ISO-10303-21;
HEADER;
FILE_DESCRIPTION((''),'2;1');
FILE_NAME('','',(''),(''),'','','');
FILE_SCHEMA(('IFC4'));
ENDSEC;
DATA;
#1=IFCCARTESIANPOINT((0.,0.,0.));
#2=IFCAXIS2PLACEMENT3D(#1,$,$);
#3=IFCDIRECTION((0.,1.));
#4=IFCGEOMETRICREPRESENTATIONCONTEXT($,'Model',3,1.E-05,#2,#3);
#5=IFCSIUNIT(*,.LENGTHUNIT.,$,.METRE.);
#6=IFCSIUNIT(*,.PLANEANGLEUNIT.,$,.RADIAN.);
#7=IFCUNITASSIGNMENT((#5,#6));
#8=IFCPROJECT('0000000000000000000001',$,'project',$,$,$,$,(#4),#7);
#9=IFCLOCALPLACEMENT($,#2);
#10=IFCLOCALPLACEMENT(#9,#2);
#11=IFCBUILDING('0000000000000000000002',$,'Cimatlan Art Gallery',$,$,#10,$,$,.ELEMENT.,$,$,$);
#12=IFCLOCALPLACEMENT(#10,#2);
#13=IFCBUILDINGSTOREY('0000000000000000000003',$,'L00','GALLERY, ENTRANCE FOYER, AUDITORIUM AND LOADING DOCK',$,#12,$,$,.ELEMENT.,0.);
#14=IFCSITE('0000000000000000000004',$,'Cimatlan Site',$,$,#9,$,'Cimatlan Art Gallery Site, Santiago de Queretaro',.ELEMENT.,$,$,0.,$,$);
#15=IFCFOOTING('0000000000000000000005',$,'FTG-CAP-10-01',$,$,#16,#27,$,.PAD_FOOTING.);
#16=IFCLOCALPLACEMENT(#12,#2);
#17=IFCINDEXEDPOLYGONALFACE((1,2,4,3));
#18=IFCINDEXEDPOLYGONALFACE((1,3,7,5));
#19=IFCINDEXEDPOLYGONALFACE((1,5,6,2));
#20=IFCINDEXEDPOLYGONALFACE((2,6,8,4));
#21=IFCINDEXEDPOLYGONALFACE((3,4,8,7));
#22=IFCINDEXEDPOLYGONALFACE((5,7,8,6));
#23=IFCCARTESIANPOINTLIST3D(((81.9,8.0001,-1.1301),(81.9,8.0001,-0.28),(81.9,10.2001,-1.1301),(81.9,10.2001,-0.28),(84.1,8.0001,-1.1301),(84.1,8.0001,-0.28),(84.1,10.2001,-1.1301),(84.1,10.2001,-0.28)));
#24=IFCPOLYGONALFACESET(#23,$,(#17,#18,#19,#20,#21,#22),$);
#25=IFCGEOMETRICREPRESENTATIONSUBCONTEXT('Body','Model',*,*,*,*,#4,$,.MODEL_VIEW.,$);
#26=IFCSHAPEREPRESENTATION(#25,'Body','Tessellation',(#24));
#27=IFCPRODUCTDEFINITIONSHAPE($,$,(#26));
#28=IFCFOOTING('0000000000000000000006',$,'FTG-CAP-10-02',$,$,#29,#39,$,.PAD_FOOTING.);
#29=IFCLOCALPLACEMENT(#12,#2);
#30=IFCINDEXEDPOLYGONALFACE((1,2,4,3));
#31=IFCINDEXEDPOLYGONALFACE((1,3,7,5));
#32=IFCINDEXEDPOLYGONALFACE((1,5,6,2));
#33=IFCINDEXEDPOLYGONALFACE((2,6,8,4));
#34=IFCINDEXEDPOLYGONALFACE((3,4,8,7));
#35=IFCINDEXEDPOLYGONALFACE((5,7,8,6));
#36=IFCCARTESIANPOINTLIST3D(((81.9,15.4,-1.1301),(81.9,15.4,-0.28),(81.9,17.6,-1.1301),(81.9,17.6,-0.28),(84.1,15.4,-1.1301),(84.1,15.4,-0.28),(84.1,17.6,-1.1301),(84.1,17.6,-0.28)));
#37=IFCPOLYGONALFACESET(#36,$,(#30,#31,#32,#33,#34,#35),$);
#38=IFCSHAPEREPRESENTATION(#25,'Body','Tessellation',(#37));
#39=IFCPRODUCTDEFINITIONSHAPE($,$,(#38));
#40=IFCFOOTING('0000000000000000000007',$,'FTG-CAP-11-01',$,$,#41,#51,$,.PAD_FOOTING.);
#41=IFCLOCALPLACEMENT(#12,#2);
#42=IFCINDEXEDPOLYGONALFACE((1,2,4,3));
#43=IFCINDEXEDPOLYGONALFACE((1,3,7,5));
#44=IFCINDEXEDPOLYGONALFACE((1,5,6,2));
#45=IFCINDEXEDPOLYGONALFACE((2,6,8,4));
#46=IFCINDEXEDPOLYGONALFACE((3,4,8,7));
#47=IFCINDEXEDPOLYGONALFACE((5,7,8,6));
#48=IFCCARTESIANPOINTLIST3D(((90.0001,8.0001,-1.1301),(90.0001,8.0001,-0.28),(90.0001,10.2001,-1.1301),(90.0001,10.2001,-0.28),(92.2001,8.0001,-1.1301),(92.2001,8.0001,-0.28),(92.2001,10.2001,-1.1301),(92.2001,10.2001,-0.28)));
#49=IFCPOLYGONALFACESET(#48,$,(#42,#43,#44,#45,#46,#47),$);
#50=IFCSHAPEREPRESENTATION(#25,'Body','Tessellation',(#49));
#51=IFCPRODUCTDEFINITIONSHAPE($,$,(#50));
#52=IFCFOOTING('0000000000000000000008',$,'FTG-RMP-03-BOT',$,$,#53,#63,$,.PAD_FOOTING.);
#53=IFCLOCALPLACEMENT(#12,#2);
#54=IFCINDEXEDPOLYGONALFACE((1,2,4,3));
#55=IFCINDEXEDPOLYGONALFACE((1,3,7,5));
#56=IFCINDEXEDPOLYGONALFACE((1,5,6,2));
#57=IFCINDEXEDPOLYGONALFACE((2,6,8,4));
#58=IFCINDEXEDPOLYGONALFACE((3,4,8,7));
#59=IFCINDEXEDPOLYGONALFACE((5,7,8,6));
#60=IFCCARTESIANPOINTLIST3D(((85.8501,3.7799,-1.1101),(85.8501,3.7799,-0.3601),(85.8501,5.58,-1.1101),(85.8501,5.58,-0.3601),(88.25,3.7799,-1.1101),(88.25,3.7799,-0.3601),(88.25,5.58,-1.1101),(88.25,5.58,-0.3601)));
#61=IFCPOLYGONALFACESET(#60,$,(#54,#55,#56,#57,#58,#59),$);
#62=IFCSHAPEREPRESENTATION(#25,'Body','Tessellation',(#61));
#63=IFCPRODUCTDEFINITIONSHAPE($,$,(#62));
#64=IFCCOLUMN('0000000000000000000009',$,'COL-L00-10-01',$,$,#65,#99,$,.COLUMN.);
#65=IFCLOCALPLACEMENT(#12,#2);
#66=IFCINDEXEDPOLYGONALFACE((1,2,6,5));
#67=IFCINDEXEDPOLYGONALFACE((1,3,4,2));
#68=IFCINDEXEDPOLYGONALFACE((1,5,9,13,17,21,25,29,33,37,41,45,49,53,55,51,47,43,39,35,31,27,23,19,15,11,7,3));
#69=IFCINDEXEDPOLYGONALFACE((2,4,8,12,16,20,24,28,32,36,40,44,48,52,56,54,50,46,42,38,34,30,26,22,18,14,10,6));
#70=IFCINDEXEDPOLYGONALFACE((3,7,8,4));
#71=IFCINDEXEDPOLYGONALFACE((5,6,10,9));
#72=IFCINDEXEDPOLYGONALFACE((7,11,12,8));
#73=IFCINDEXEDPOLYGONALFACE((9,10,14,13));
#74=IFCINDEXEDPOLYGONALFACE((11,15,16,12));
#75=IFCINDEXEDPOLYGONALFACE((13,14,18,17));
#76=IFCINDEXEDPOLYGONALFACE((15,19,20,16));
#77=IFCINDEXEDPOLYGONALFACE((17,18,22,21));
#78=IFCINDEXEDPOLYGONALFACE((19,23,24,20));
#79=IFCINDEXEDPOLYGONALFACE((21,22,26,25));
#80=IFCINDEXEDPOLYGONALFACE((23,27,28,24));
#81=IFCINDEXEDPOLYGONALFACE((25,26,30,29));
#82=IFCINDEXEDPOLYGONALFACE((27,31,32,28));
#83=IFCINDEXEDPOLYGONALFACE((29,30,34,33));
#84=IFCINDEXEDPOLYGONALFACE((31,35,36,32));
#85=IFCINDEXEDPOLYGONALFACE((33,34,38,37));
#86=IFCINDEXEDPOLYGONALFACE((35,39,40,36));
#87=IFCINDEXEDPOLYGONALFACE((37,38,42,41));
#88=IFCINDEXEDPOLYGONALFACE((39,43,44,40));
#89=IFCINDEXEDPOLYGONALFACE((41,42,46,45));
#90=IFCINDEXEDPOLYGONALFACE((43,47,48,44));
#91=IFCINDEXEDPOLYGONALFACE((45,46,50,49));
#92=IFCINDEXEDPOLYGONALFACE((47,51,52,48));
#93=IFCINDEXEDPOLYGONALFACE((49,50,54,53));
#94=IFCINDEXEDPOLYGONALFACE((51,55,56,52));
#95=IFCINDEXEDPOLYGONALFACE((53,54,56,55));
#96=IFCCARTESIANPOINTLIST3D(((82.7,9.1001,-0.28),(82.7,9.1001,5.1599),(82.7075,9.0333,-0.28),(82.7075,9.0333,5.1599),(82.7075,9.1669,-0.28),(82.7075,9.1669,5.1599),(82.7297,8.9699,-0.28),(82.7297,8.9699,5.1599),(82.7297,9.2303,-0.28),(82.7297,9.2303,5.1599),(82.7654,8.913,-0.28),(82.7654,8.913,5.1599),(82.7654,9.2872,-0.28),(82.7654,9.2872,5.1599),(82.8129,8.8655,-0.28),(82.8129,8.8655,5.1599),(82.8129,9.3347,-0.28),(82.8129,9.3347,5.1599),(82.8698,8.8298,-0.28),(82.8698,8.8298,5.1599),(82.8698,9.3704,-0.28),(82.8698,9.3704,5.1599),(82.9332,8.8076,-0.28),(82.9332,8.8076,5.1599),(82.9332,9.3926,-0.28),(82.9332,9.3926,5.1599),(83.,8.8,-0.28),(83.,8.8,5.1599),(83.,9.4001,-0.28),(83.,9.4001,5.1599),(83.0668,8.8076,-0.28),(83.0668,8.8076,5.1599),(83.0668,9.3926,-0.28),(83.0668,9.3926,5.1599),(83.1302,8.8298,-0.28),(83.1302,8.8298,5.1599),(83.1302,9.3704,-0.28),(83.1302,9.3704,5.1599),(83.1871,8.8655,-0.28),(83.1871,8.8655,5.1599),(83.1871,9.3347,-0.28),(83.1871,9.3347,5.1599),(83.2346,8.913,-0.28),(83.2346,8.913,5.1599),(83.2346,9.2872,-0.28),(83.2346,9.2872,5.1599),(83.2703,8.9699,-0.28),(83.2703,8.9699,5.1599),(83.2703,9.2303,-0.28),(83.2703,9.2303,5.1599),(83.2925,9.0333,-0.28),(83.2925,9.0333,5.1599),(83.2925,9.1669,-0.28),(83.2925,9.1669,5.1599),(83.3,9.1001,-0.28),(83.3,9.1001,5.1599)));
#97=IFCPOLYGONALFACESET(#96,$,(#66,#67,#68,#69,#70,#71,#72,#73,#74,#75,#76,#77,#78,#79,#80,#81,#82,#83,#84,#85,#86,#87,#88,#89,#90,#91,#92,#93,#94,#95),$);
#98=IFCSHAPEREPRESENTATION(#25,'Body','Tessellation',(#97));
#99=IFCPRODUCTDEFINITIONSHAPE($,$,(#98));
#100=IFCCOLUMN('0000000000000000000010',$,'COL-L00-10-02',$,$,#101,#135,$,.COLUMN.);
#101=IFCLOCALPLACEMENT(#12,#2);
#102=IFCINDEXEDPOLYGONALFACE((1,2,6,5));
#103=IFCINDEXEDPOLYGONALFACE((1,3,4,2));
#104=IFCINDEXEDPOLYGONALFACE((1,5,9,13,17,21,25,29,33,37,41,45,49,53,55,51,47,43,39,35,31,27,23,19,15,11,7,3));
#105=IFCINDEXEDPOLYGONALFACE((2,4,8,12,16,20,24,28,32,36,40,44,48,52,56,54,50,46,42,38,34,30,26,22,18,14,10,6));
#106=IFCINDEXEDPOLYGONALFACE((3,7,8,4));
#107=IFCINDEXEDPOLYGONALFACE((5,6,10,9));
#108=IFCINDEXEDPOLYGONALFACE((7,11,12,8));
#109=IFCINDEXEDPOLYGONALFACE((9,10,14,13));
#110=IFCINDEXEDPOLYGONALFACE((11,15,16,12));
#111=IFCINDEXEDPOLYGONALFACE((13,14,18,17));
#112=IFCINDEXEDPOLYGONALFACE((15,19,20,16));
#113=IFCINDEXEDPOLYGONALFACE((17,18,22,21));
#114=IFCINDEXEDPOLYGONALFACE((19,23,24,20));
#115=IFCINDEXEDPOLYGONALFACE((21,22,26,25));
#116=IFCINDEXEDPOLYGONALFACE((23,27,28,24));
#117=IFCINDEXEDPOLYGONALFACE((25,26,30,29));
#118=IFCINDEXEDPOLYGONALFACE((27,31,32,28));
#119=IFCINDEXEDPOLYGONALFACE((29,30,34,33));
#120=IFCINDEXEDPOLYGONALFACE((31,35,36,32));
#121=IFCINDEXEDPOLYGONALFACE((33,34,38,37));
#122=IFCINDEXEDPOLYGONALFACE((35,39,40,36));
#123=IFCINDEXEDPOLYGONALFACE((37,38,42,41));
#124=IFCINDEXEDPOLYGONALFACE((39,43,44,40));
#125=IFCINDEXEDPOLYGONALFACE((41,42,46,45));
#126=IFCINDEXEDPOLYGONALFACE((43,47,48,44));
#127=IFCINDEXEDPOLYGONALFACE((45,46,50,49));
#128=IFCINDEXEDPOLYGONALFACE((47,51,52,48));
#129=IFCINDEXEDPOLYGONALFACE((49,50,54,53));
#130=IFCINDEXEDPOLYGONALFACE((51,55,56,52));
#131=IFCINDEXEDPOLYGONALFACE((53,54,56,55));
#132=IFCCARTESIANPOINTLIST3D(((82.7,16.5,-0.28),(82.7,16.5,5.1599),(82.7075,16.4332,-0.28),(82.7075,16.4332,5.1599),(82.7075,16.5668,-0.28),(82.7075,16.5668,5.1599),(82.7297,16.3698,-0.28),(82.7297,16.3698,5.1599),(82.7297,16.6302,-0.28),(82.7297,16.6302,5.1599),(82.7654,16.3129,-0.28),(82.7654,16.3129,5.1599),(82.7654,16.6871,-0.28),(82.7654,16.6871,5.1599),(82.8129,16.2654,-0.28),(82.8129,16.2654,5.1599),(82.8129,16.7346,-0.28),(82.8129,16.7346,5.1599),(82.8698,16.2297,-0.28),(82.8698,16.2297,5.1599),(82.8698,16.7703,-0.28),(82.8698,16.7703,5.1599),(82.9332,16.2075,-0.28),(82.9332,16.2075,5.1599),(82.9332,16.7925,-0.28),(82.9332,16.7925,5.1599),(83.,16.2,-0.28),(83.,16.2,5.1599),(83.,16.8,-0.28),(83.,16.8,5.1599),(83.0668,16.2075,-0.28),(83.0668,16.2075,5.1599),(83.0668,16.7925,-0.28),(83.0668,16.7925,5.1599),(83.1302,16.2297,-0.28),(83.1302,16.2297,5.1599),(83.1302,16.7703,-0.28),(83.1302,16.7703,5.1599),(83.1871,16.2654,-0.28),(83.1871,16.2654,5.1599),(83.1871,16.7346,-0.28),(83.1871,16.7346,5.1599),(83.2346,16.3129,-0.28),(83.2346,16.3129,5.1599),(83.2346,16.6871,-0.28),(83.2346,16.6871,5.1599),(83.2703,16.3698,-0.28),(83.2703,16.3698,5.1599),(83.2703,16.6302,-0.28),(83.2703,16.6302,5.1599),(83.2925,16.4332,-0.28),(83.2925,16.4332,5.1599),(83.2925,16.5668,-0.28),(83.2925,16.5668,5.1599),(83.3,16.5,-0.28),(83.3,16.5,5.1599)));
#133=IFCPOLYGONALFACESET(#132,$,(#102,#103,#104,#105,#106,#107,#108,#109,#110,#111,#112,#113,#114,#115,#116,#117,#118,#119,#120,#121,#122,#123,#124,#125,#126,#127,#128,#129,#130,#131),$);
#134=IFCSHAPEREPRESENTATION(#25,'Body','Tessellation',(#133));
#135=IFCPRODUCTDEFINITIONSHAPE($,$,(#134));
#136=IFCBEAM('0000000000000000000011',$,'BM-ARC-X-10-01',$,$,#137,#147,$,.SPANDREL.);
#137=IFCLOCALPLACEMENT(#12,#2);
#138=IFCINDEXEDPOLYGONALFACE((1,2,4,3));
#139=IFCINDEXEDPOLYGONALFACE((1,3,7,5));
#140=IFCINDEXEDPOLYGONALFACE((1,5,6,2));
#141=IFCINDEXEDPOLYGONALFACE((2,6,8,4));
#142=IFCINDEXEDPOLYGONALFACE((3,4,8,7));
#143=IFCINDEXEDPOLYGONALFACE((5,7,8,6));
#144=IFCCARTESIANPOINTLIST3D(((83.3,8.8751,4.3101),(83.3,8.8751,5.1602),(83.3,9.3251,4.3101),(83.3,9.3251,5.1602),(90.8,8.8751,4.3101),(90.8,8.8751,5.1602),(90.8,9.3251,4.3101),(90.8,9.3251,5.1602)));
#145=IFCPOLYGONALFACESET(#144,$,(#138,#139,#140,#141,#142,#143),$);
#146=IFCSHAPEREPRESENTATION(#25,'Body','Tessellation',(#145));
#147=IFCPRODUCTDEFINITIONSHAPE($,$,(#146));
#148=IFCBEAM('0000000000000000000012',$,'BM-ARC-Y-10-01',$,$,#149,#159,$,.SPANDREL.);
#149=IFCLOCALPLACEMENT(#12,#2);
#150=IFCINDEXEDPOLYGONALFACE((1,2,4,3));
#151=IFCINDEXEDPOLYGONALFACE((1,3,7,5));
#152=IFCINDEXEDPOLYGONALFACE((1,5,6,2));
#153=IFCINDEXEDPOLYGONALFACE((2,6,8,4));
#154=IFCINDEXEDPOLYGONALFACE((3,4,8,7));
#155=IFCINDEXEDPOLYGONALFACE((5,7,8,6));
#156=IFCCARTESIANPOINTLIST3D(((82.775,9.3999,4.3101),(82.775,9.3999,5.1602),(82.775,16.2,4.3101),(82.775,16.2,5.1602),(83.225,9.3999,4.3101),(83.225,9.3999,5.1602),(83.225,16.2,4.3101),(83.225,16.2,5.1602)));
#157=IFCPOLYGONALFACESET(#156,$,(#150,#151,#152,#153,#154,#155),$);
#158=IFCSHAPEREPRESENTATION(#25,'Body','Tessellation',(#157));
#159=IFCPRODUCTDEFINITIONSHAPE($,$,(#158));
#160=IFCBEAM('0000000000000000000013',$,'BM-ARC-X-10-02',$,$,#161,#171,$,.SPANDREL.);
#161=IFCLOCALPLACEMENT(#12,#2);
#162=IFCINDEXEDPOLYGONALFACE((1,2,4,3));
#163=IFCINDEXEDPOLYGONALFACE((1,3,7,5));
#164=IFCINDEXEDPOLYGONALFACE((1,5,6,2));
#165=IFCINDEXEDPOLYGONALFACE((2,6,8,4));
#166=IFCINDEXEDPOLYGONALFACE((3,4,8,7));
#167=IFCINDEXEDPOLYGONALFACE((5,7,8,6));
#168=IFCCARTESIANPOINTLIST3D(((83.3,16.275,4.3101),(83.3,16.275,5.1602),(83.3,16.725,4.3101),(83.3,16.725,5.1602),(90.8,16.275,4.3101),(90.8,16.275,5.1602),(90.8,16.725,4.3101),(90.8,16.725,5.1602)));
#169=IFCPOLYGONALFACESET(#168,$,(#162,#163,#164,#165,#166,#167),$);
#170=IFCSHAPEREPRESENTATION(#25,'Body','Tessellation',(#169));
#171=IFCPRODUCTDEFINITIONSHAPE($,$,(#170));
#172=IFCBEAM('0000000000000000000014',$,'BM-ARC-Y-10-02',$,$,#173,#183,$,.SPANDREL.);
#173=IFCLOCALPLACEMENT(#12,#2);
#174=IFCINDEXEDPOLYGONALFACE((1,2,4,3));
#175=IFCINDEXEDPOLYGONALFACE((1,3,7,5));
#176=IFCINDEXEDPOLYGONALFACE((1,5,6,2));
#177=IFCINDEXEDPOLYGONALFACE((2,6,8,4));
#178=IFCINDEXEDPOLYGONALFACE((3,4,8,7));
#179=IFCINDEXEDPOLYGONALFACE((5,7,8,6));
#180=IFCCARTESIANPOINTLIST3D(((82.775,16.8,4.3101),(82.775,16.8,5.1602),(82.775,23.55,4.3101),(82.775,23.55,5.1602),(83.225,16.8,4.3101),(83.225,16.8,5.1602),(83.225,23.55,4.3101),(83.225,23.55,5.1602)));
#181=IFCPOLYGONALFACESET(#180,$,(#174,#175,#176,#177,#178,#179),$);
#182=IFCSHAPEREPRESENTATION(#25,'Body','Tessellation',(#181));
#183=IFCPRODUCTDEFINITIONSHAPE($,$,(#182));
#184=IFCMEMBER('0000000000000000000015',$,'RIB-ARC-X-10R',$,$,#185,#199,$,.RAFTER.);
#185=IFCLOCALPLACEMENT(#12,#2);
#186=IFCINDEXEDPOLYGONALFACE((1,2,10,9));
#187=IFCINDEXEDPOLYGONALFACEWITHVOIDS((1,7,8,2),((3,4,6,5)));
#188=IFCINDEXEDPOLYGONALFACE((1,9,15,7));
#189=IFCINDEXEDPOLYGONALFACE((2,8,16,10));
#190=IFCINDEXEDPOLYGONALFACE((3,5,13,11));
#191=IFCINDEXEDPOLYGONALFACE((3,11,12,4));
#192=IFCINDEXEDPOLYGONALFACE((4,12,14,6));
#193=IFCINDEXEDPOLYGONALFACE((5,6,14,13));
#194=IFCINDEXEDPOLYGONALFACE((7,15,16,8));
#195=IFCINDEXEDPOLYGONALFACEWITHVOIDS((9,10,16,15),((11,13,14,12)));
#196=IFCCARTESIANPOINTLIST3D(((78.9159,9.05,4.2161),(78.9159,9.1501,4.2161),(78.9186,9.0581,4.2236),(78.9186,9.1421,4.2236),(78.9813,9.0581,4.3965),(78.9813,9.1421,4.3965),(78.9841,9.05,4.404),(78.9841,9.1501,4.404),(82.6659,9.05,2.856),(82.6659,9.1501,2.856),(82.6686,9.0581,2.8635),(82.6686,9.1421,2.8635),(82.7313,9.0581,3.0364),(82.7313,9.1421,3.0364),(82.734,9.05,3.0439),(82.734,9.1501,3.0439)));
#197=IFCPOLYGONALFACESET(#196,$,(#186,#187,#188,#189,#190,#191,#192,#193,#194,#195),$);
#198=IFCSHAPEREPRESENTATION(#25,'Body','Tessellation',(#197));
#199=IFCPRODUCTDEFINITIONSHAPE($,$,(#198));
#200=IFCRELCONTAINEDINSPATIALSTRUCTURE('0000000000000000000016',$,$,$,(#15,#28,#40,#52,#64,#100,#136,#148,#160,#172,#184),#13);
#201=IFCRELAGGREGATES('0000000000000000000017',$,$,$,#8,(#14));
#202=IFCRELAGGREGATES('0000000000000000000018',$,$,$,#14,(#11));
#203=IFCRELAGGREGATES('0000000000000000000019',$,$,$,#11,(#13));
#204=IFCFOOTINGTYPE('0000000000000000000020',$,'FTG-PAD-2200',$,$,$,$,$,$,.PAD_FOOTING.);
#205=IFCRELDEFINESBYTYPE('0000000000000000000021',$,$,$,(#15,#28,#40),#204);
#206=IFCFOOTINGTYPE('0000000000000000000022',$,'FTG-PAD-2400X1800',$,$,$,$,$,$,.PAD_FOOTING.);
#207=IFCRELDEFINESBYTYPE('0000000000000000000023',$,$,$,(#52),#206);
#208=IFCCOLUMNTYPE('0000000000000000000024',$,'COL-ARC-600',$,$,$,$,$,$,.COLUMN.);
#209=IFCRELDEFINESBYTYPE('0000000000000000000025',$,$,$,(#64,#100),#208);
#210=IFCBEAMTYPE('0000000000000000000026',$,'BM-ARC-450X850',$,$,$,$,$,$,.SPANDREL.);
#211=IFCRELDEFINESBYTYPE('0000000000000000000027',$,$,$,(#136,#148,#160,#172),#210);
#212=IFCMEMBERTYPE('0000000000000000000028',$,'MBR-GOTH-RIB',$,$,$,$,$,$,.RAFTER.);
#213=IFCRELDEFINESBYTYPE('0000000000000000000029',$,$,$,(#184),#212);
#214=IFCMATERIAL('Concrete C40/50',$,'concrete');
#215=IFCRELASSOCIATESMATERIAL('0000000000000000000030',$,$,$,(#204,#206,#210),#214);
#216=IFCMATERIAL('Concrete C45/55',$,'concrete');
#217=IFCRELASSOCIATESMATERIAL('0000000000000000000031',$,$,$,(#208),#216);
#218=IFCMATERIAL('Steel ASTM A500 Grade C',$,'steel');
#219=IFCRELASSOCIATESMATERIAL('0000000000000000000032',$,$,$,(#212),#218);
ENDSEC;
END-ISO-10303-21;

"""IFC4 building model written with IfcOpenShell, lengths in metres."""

from ifc_helpers import new_model, si_unit, direction, frame, origin, origin_2d, place, context, subcontext, project, spatial, rectangle, hollow_rectangle, circle, extrude, material, material_profile, profile_set, type_object, element, save


model = new_model("IFC4")

# Units and contexts
model_context = context("Model", 3, precision=1e-05, world=origin(), true_north=direction((0.0, 1.0)))
body_context = subcontext(model_context, "Body", "Model", "MODEL_VIEW")
ifc_project = project(units=[si_unit("LENGTHUNIT", "METRE"), si_unit("PLANEANGLEUNIT", "RADIAN")], contexts=[model_context])

# Site, building, storey
site_placement = place(None, origin())
site = spatial("IfcSite", under=ifc_project, at=site_placement, Name="Cimatlan Site", LongName="Cimatlan Art Gallery Site, Santiago de Queretaro", CompositionType="ELEMENT", RefElevation=0.0)
building_placement = place(site_placement, origin())
building = spatial("IfcBuilding", under=site, at=building_placement, Name="Cimatlan Art Gallery", CompositionType="ELEMENT")
storey_placement = place(building_placement, origin())
storey = spatial("IfcBuildingStorey", under=building, at=storey_placement, Name="L00", Description="GALLERY, ENTRANCE FOYER, AUDITORIUM AND LOADING DOCK", CompositionType="ELEMENT", Elevation=0.0)

# Footings
ifc_material_1 = material(Name="Concrete C40/50", Category="concrete")
footing_type_1 = type_object("IfcFootingType", Name="FTG-PAD-2200", PredefinedType="PAD_FOOTING", material=ifc_material_1)
for number, where, z_axis, x_axis, name in (
    (1, (83.0, 9.1001, -1.1301), (0.0, 0.0, 1.0), (1.0, 0.0, 0.0), "FTG-CAP-10-01"),
    (2, (83.0, 16.5, -1.1301), (0.0, 0.0, 1.0), (1.0, 0.0, 0.0), "FTG-CAP-10-02"),
    (3, (91.1001, 9.1001, -1.1301), (0.0, 0.0, 1.0), (1.0, 0.0, 0.0), "FTG-CAP-11-01"),
):
    element("IfcFooting", number, at=place(storey_placement, frame(where, z_axis=z_axis, x_axis=x_axis)), inside=storey, type_object=footing_type_1, Name=name, PredefinedType="PAD_FOOTING", context=body_context, shape_type="SweptSolid", body=[
        extrude(rectangle(XDim=2.2, YDim=2.2, at=origin_2d()), origin(), (0.0, 0.0, 1.0), 0.8501),
    ])
footing_type_2 = type_object("IfcFootingType", Name="FTG-PAD-2400X1800", PredefinedType="PAD_FOOTING", material=ifc_material_1)
footing_placement = place(storey_placement, frame((87.05, 4.6799, -1.1101), z_axis=(0.0, 0.0, 1.0), x_axis=(1.0, 0.0, 0.0)))
element("IfcFooting", 4, at=footing_placement, inside=storey, type_object=footing_type_2, Name="FTG-RMP-03-BOT", PredefinedType="PAD_FOOTING", context=body_context, shape_type="SweptSolid", body=[
    extrude(rectangle(XDim=2.3999, YDim=1.8, at=origin_2d()), origin(), (0.0, 0.0, 1.0), 0.75),
])

# Columns
ifc_material_2 = material(Name="Concrete C45/55", Category="concrete")
ifc_material_profile_1 = material_profile(ifc_material_2, circle(Radius=0.3, at=origin_2d()), Name="RCD600")
ifc_profile_set_1 = profile_set([ifc_material_profile_1], Name="Concrete C45/55")
column_type = type_object("IfcColumnType", Name="COL-ARC-600", PredefinedType="COLUMN", material=ifc_profile_set_1)
for number, where, z_axis, x_axis, name in (
    (5, (83.0, 9.1001, -0.28), (0.0, 0.0, 1.0), (1.0, 0.0, 0.0), "COL-L00-10-01"),
    (6, (83.0, 16.5, -0.28), (0.0, 0.0, 1.0), (1.0, 0.0, 0.0), "COL-L00-10-02"),
):
    element("IfcColumn", number, at=place(storey_placement, frame(where, z_axis=z_axis, x_axis=x_axis)), inside=storey, type_object=column_type, Name=name, PredefinedType="COLUMN", context=body_context, shape_type="SweptSolid", body=[
        extrude(circle(Radius=0.3, at=origin_2d()), origin(), (0.0, 0.0, 1.0), 5.4399),
    ])

# Beams
ifc_material_profile_2 = material_profile(ifc_material_1, rectangle(XDim=0.45, YDim=0.8501, at=origin_2d()), Name="RC450X850")
ifc_profile_set_2 = profile_set([ifc_material_profile_2], Name="Concrete C40/50")
beam_type = type_object("IfcBeamType", Name="BM-ARC-450X850", PredefinedType="SPANDREL", material=ifc_profile_set_2)
beam_1_placement = place(storey_placement, frame((83.3, 9.1001, 4.7351), z_axis=(1.0, 0.0, 0.0), x_axis=(0.0, 1.0, 0.0)))
element("IfcBeam", 7, at=beam_1_placement, inside=storey, type_object=beam_type, Name="BM-ARC-X-10-01", PredefinedType="SPANDREL", context=body_context, shape_type="SweptSolid", body=[
    extrude(rectangle(XDim=0.45, YDim=0.8501, at=origin_2d()), origin(), (0.0, 0.0, 1.0), 7.5),
])
beam_2_placement = place(storey_placement, frame((83.0, 9.3999, 4.7351), z_axis=(0.0, 1.0, 0.0), x_axis=(-1.0, 0.0, 0.0)))
element("IfcBeam", 8, at=beam_2_placement, inside=storey, type_object=beam_type, Name="BM-ARC-Y-10-01", PredefinedType="SPANDREL", context=body_context, shape_type="SweptSolid", body=[
    extrude(rectangle(XDim=0.45, YDim=0.8501, at=origin_2d()), origin(), (0.0, 0.0, 1.0), 6.8),
])
beam_3_placement = place(storey_placement, frame((83.3, 16.5, 4.7351), z_axis=(1.0, 0.0, 0.0), x_axis=(0.0, 1.0, 0.0)))
element("IfcBeam", 9, at=beam_3_placement, inside=storey, type_object=beam_type, Name="BM-ARC-X-10-02", PredefinedType="SPANDREL", context=body_context, shape_type="SweptSolid", body=[
    extrude(rectangle(XDim=0.45, YDim=0.8501, at=origin_2d()), origin(), (0.0, 0.0, 1.0), 7.5),
])
beam_4_placement = place(storey_placement, frame((83.0, 16.8, 4.7351), z_axis=(0.0, 1.0, 0.0), x_axis=(-1.0, 0.0, 0.0)))
element("IfcBeam", 10, at=beam_4_placement, inside=storey, type_object=beam_type, Name="BM-ARC-Y-10-02", PredefinedType="SPANDREL", context=body_context, shape_type="SweptSolid", body=[
    extrude(rectangle(XDim=0.45, YDim=0.8501, at=origin_2d()), origin(), (0.0, 0.0, 1.0), 6.75),
])

# Member
ifc_material_3 = material(Name="Steel ASTM A500 Grade C", Category="steel")
ifc_material_profile_3 = material_profile(ifc_material_3, hollow_rectangle(XDim=0.1001, YDim=0.2, WallThickness=0.0081, at=origin_2d()), Name="HSS200X100X8")
ifc_profile_set_3 = profile_set([ifc_material_profile_3], Name="Steel ASTM A500 Grade C")
member_type = type_object("IfcMemberType", Name="MBR-GOTH-RIB", PredefinedType="RAFTER", material=ifc_profile_set_3)
for number, where, z_axis, x_axis, name in (
    (11, (82.7, 9.1001, 2.95), (-0.940077, 0.0, 0.340962), (0.0, -1.0, 0.0), "RIB-ARC-X-10R"),
):
    element("IfcMember", number, at=place(storey_placement, frame(where, z_axis=z_axis, x_axis=x_axis)), inside=storey, type_object=member_type, Name=name, PredefinedType="RAFTER", context=body_context, shape_type="SweptSolid", body=[
        extrude(hollow_rectangle(XDim=0.1001, YDim=0.2, WallThickness=0.0081, at=origin_2d()), origin(), (0.0, 0.0, 1.0), 3.989),
    ])

save(model, "model.ifc")
